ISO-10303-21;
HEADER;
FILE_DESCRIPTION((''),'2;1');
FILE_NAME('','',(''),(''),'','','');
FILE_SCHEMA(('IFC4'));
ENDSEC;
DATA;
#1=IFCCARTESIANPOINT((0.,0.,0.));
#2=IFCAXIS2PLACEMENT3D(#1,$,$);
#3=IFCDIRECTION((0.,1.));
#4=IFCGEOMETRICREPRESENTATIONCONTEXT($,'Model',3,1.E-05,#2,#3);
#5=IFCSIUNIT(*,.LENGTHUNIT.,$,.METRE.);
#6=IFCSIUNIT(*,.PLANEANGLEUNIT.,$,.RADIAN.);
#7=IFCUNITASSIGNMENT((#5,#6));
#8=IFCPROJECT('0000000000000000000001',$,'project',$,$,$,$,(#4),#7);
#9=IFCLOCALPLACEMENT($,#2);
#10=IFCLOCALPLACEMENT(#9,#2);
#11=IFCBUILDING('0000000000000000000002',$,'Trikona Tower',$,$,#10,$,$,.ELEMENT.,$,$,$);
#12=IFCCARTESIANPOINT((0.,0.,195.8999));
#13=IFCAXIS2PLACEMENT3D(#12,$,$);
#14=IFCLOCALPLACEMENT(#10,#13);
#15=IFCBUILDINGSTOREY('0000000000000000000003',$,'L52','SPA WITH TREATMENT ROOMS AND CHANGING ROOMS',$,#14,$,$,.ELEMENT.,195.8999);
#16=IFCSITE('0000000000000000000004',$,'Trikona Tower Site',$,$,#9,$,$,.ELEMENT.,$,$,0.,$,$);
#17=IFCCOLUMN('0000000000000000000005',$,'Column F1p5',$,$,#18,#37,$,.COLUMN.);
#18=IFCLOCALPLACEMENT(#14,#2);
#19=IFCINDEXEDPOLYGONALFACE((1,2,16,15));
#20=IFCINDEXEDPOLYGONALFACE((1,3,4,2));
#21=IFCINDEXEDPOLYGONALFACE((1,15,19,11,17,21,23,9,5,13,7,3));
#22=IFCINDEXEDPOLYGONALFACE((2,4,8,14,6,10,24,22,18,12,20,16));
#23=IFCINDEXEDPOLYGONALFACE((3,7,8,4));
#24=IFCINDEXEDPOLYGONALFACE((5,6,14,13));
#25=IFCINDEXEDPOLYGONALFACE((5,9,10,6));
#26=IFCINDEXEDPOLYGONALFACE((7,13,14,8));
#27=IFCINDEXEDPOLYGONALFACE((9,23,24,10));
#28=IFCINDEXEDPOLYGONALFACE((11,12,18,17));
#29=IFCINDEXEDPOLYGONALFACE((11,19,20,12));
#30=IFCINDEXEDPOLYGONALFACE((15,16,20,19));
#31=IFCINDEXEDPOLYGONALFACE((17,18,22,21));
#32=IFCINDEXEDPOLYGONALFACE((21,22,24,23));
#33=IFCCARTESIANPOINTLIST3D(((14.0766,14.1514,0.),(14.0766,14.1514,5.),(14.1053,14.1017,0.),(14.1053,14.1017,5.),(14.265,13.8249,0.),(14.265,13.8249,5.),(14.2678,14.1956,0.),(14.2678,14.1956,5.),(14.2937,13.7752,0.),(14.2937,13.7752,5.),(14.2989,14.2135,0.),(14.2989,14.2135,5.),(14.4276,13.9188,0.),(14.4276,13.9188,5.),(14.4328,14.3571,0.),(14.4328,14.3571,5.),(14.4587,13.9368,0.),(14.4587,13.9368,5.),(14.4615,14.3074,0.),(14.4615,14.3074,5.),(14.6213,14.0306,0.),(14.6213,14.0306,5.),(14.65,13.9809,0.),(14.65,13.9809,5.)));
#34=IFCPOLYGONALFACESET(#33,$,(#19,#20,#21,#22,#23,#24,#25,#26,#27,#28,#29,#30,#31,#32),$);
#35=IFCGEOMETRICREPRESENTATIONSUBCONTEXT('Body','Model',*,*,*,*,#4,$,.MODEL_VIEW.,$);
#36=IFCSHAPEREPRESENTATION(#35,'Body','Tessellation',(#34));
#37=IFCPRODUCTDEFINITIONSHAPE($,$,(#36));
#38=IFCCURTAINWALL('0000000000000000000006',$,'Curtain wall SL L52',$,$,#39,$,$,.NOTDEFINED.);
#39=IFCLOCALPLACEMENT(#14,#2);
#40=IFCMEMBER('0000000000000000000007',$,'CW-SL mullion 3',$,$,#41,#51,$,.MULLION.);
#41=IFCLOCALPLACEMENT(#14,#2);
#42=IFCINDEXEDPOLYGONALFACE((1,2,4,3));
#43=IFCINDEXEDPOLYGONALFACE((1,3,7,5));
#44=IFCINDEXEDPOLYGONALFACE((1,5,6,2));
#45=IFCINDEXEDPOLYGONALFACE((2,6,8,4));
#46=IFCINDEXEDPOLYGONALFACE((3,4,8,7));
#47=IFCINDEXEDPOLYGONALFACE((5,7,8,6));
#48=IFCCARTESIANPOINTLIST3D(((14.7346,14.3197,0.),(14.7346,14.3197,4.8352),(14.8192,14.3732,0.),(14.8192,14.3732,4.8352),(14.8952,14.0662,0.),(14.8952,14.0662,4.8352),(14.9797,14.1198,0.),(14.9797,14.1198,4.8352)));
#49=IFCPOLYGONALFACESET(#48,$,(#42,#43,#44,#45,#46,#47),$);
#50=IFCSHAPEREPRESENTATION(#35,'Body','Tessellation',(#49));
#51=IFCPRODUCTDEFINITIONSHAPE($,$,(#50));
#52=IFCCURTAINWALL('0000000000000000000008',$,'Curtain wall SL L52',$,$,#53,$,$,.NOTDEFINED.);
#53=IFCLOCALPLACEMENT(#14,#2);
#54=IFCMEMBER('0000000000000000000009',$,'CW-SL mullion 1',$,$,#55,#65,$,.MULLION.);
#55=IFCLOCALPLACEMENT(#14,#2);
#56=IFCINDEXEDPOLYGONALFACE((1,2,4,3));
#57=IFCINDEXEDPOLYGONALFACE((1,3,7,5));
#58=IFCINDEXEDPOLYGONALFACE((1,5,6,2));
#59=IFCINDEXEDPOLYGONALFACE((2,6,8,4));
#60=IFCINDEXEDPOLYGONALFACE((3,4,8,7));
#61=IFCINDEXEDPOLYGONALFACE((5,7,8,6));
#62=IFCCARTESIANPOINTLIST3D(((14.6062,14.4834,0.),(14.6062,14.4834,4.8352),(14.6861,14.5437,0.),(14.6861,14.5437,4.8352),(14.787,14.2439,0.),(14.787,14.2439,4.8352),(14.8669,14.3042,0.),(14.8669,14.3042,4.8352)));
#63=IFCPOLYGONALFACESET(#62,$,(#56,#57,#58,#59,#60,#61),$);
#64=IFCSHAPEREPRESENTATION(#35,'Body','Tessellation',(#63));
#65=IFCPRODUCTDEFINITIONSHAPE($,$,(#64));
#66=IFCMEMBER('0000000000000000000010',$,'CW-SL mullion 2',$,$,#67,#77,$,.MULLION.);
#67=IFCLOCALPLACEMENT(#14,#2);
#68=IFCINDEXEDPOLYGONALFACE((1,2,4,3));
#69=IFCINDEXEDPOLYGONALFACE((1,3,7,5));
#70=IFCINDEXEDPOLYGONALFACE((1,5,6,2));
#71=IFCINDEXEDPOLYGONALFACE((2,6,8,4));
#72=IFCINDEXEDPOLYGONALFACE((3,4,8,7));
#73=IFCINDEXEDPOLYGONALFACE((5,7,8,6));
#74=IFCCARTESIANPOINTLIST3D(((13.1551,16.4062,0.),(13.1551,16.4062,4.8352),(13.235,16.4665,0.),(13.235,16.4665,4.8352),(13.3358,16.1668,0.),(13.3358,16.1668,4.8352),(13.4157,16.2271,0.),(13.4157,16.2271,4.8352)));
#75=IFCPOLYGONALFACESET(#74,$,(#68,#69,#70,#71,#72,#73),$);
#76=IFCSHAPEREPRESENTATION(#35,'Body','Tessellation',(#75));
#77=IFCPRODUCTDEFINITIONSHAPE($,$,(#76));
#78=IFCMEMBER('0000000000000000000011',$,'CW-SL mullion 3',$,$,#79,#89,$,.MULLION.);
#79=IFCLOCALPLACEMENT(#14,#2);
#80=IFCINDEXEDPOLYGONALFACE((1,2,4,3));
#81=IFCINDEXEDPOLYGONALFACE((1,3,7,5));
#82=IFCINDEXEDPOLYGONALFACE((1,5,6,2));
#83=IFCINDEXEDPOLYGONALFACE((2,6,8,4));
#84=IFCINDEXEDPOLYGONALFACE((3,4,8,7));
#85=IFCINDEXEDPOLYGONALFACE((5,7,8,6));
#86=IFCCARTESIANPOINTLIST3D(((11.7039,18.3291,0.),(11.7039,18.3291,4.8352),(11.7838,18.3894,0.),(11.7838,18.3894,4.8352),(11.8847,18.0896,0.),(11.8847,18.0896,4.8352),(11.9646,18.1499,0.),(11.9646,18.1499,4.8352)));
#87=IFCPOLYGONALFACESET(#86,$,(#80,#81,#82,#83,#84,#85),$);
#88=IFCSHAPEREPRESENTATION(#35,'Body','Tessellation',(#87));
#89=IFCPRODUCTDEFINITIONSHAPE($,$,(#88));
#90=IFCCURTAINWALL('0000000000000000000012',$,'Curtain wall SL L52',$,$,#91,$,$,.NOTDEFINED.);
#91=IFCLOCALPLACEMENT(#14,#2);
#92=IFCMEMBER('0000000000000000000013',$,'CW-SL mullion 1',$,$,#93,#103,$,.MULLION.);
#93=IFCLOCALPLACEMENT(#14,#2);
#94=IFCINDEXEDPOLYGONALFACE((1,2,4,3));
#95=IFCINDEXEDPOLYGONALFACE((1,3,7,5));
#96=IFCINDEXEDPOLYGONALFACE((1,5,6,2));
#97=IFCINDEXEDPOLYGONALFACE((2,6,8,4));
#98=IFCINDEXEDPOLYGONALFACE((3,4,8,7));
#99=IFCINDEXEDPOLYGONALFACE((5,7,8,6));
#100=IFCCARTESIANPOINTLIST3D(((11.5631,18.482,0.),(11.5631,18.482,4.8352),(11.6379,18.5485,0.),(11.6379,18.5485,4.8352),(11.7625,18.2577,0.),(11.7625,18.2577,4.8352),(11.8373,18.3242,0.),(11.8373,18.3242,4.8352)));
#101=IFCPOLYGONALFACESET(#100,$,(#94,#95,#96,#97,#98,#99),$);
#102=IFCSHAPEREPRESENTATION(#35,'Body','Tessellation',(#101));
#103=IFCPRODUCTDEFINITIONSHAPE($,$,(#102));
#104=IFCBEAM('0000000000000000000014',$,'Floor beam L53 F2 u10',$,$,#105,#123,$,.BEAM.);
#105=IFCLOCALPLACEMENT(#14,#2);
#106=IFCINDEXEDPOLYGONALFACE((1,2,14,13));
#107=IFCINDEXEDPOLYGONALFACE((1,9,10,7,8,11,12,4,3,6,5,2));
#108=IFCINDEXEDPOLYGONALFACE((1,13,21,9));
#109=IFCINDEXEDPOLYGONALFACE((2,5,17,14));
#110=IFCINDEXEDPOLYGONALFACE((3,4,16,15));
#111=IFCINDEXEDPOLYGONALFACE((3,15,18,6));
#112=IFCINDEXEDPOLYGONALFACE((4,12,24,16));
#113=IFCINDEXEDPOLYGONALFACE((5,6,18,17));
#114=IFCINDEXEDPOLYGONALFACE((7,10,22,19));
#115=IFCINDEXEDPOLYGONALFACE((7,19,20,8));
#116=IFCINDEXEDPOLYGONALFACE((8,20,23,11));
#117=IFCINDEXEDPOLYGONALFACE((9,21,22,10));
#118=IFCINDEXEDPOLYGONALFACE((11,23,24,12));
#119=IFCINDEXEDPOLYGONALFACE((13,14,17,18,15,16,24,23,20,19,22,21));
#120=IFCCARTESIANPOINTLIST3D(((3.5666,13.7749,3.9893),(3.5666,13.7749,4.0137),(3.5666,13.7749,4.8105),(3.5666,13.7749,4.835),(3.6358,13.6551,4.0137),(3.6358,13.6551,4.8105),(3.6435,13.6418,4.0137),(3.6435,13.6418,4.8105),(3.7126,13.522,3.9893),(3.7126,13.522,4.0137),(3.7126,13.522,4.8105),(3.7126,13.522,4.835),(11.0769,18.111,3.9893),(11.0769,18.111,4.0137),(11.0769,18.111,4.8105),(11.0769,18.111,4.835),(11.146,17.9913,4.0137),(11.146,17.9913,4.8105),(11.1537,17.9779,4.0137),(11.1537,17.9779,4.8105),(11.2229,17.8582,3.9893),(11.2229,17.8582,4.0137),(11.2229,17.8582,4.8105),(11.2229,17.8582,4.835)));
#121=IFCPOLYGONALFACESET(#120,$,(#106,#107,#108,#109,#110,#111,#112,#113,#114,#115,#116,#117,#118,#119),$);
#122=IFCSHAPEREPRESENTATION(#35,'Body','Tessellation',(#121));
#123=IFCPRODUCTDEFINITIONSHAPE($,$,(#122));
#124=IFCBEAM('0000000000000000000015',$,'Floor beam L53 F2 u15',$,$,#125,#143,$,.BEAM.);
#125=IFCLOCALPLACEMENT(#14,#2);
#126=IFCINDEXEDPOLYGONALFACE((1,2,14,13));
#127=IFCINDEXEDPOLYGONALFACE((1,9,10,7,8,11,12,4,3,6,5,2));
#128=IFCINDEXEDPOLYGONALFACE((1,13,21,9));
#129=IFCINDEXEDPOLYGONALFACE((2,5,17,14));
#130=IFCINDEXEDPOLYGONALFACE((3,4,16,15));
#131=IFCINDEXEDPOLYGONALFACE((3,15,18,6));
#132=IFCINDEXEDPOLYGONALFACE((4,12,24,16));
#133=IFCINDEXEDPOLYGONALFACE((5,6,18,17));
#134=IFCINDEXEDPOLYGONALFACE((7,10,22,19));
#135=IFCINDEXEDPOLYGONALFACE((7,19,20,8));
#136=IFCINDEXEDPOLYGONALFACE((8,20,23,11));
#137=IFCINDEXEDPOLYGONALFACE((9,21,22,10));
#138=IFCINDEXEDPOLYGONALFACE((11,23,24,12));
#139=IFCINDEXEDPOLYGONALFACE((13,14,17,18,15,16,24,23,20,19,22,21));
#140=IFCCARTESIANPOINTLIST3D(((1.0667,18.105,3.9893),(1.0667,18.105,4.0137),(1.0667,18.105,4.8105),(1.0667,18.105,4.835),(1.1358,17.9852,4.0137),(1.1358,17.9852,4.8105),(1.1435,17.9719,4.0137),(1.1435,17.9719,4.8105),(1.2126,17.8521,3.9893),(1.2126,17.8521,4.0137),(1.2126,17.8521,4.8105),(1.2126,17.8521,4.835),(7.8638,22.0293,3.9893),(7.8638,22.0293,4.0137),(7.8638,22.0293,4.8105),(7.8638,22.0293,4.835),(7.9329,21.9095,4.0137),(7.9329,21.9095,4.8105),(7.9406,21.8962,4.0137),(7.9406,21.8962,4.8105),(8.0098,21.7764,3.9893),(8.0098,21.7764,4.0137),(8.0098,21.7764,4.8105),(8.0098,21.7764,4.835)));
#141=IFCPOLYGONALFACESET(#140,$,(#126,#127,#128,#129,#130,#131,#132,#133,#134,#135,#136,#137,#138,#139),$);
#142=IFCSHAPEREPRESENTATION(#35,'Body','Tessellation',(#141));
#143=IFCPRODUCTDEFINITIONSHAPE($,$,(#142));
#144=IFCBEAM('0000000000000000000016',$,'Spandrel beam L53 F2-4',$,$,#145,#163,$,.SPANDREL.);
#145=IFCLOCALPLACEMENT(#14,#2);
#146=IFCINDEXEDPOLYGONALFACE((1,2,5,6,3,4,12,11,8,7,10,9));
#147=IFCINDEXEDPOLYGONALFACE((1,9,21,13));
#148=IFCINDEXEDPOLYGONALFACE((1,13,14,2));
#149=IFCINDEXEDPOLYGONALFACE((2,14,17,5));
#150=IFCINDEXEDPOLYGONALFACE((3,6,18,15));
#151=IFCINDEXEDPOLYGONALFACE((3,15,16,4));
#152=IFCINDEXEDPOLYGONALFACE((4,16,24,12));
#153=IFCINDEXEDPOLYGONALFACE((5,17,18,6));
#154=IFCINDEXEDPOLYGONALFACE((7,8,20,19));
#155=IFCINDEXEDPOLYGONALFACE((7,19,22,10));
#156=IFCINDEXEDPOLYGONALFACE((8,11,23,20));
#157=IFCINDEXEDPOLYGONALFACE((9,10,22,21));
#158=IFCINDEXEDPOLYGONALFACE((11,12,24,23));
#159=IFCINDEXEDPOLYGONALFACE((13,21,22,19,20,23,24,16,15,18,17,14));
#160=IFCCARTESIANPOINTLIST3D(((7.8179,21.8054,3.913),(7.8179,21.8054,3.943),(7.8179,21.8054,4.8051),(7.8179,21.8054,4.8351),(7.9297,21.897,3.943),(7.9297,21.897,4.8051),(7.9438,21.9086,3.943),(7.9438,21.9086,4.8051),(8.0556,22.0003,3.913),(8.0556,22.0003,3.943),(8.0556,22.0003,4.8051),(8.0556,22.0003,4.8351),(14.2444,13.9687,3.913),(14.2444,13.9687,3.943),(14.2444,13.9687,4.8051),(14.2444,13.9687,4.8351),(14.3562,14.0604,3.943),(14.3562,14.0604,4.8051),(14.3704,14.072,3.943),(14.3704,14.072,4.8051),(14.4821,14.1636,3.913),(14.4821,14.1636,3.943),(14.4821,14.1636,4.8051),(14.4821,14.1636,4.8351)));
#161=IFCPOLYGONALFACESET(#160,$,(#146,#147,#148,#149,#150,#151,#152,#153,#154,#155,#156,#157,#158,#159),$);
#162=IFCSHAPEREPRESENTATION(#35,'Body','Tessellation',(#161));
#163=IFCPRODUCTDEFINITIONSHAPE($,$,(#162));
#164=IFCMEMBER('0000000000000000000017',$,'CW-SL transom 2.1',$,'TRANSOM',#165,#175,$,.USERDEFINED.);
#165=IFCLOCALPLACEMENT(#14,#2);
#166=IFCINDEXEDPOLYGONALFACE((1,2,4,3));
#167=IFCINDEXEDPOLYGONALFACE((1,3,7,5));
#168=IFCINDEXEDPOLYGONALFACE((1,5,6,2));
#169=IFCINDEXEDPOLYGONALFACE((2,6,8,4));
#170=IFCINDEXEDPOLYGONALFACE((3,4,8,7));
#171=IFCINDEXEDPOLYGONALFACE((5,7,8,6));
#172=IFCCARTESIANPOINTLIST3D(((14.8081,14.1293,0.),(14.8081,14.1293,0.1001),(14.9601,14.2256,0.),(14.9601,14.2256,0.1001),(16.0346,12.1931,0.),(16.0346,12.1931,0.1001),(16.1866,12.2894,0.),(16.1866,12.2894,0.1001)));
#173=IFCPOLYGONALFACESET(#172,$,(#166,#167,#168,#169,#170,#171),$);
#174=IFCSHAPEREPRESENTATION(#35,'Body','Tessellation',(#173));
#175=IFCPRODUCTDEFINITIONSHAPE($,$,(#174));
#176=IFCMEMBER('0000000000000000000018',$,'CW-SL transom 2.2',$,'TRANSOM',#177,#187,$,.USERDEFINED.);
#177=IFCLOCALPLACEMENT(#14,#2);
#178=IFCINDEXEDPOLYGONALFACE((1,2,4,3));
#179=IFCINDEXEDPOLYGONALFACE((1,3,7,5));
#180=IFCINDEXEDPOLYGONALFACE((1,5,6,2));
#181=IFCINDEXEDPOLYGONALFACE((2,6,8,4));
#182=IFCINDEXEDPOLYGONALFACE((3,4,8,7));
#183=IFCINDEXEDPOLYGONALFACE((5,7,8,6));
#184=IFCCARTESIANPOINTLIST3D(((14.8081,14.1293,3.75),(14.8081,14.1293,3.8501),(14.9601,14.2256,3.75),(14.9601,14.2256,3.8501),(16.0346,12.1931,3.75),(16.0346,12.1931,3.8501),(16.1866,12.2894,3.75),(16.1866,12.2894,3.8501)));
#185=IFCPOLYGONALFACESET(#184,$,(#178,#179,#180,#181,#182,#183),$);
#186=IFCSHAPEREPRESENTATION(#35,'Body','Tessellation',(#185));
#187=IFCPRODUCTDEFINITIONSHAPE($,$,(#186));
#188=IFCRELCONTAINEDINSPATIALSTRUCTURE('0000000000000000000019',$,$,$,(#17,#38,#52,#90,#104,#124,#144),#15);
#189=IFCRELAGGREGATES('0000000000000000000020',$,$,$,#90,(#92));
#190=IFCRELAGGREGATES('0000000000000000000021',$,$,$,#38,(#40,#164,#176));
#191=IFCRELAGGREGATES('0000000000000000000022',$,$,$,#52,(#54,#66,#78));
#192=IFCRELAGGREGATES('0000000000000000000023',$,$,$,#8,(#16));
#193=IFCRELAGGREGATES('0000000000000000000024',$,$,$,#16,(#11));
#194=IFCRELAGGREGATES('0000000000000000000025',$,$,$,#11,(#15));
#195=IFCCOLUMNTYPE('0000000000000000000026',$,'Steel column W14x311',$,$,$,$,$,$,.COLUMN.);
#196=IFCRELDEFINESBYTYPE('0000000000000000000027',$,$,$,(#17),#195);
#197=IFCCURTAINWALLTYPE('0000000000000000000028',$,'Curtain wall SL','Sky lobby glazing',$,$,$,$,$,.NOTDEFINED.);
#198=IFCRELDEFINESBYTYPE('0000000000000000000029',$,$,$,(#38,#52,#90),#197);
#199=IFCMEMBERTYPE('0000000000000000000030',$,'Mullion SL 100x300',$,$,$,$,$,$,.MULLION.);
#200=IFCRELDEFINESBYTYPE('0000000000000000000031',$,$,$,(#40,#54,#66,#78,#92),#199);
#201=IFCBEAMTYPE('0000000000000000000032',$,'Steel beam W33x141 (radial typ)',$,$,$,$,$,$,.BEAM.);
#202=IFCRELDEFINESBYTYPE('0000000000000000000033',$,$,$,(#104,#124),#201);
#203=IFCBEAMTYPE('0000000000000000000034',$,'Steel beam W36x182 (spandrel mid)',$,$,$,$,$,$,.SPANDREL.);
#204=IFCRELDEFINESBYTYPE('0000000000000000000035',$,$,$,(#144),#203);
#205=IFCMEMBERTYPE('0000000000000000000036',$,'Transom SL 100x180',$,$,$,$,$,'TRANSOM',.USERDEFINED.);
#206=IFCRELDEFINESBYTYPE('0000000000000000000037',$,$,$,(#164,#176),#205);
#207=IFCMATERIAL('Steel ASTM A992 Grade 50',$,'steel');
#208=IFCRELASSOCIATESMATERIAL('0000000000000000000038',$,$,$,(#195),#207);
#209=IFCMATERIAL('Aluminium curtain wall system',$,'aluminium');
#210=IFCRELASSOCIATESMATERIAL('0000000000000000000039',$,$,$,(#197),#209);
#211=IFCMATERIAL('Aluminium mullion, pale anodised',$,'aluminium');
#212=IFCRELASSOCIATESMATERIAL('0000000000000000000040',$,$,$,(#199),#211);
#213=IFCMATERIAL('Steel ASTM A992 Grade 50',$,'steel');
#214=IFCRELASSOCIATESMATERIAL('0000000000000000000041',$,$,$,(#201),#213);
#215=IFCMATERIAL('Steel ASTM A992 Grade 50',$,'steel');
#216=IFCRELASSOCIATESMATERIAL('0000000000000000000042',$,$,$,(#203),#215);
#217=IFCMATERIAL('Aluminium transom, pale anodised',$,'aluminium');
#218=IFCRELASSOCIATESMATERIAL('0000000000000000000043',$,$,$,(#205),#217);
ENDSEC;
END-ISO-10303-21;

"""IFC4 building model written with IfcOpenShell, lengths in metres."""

from ifc_helpers import new_model, si_unit, direction, frame, origin, origin_2d, place, context, subcontext, project, spatial, rectangle, i_section, extrude, material, material_profile, profile_set, type_object, element, aggregate, save


model = new_model("IFC4")

# Units and contexts
model_context = context("Model", 3, precision=1e-05, world=origin(), true_north=direction((0.0, 1.0)))
body_context = subcontext(model_context, "Body", "Model", "MODEL_VIEW")
ifc_project = project(units=[si_unit("LENGTHUNIT", "METRE"), si_unit("PLANEANGLEUNIT", "RADIAN")], contexts=[model_context])

# Site, building, storey
site_placement = place(None, origin())
site = spatial("IfcSite", under=ifc_project, at=site_placement, Name="Trikona Tower Site", CompositionType="ELEMENT", RefElevation=0.0)
building_placement = place(site_placement, origin())
building = spatial("IfcBuilding", under=site, at=building_placement, Name="Trikona Tower", CompositionType="ELEMENT")
storey_placement = place(building_placement, frame((0.0, 0.0, 195.8999)))
storey = spatial("IfcBuildingStorey", under=building, at=storey_placement, Name="L52", Description="SPA WITH TREATMENT ROOMS AND CHANGING ROOMS", CompositionType="ELEMENT", Elevation=195.8999)

# Column
ifc_material_1 = material(Name="Steel ASTM A992 Grade 50", Category="steel")
ifc_material_profile_1 = material_profile(ifc_material_1, i_section(OverallWidth=0.4114, OverallDepth=0.4343, WebThickness=0.0359, FlangeThickness=0.0574, at=origin_2d()), Name="W14X311")
ifc_profile_set_1 = profile_set([ifc_material_profile_1], Name="Steel ASTM A992 Grade 50")
column_type = type_object("IfcColumnType", Name="Steel column W14x311", PredefinedType="COLUMN", material=ifc_profile_set_1)
column_placement = place(storey_placement, frame((14.3633, 14.0662, 0.0), z_axis=(0.0, 0.0, 1.0), x_axis=(0.866025, 0.5, 0.0)))
element("IfcColumn", 1, at=column_placement, inside=storey, type_object=column_type, Name="Column F1p5", PredefinedType="COLUMN", context=body_context, shape_type="SweptSolid", body=[
    extrude(i_section(OverallWidth=0.4114, OverallDepth=0.4343, WebThickness=0.0359, FlangeThickness=0.0574, at=origin_2d()), origin(), (0.0, 0.0, 1.0), 5.0),
])

# Curtain wall, member
ifc_material_2 = material(Name="Aluminium curtain wall system", Category="aluminium")
curtain_wall_type = type_object("IfcCurtainWallType", Name="Curtain wall SL", Description="Sky lobby glazing", PredefinedType="NOTDEFINED", material=ifc_material_2)
curtain_wall_1_placement = place(storey_placement, origin())
curtain_wall_1 = element("IfcCurtainWall", 2, at=curtain_wall_1_placement, inside=storey, type_object=curtain_wall_type, Name="Curtain wall SL L52", PredefinedType="NOTDEFINED")
ifc_material_3 = material(Name="Aluminium mullion, pale anodised", Category="aluminium")
ifc_material_profile_2 = material_profile(ifc_material_3, rectangle(XDim=0.1001, YDim=0.3, at=origin_2d()), Name="MUL-SL")
ifc_profile_set_2 = profile_set([ifc_material_profile_2], Name="Aluminium mullion, pale anodised")
member_type_1 = type_object("IfcMemberType", Name="Mullion SL 100x300", PredefinedType="MULLION", material=ifc_profile_set_2)
member_1_placement = place(storey_placement, frame((14.8572, 14.2197, 0.0), z_axis=(0.0, 0.0, 1.0), x_axis=(-0.844718, -0.535212, 0.0)))
member_1 = element("IfcMember", 3, at=member_1_placement, type_object=member_type_1, Name="CW-SL mullion 3", PredefinedType="MULLION", context=body_context, shape_type="SweptSolid", body=[
    extrude(rectangle(XDim=0.1001, YDim=0.3, at=origin_2d()), origin(), (0.0, 0.0, 1.0), 4.8352),
])

# Curtain wall, members
curtain_wall_2_placement = place(storey_placement, origin())
curtain_wall_2 = element("IfcCurtainWall", 4, at=curtain_wall_2_placement, inside=storey, type_object=curtain_wall_type, Name="Curtain wall SL L52", PredefinedType="NOTDEFINED")
member_2_placement = place(storey_placement, frame((14.7366, 14.3938, 0.0), z_axis=(0.0, 0.0, 1.0), x_axis=(-0.798193, -0.602402, 0.0)))
member_2 = element("IfcMember", 5, at=member_2_placement, type_object=member_type_1, Name="CW-SL mullion 1", PredefinedType="MULLION", context=body_context, shape_type="SweptSolid", body=[
    extrude(rectangle(XDim=0.1001, YDim=0.3, at=origin_2d()), origin(), (0.0, 0.0, 1.0), 4.8352),
])
member_3_placement = place(storey_placement, frame((13.2854, 16.3167, 0.0), z_axis=(0.0, 0.0, 1.0), x_axis=(-0.798193, -0.602402, 0.0)))
member_3 = element("IfcMember", 6, at=member_3_placement, type_object=member_type_1, Name="CW-SL mullion 2", PredefinedType="MULLION", context=body_context, shape_type="SweptSolid", body=[
    extrude(rectangle(XDim=0.1001, YDim=0.3, at=origin_2d()), origin(), (0.0, 0.0, 1.0), 4.8352),
])
member_4_placement = place(storey_placement, frame((11.8342, 18.2395, 0.0), z_axis=(0.0, 0.0, 1.0), x_axis=(-0.798193, -0.602402, 0.0)))
member_4 = element("IfcMember", 7, at=member_4_placement, type_object=member_type_1, Name="CW-SL mullion 3", PredefinedType="MULLION", context=body_context, shape_type="SweptSolid", body=[
    extrude(rectangle(XDim=0.1001, YDim=0.3, at=origin_2d()), origin(), (0.0, 0.0, 1.0), 4.8352),
])

# Curtain wall, member
curtain_wall_3_placement = place(storey_placement, origin())
curtain_wall_3 = element("IfcCurtainWall", 8, at=curtain_wall_3_placement, inside=storey, type_object=curtain_wall_type, Name="Curtain wall SL L52", PredefinedType="NOTDEFINED")
member_5_placement = place(storey_placement, frame((11.7002, 18.4031, 0.0), z_axis=(0.0, 0.0, 1.0), x_axis=(-0.747403, -0.664371, 0.0)))
member_5 = element("IfcMember", 9, at=member_5_placement, type_object=member_type_1, Name="CW-SL mullion 1", PredefinedType="MULLION", context=body_context, shape_type="SweptSolid", body=[
    extrude(rectangle(XDim=0.1001, YDim=0.3, at=origin_2d()), origin(), (0.0, 0.0, 1.0), 4.8352),
])

# Beams
ifc_material_4 = material(Name="Steel ASTM A992 Grade 50", Category="steel")
ifc_material_profile_3 = material_profile(ifc_material_4, i_section(OverallWidth=0.292, OverallDepth=0.8457, WebThickness=0.0154, FlangeThickness=0.0244, at=origin_2d()), Name="W33X141")
ifc_profile_set_3 = profile_set([ifc_material_profile_3], Name="Steel ASTM A992 Grade 50")
beam_type_1 = type_object("IfcBeamType", Name="Steel beam W33x141 (radial typ)", PredefinedType="BEAM", material=ifc_profile_set_3)
beam_1_placement = place(storey_placement, frame((3.6396, 13.6484, 4.4121), z_axis=(0.866019, 0.500012, 0.0), x_axis=(-0.500012, 0.866019, 0.0)))
element("IfcBeam", 10, at=beam_1_placement, inside=storey, type_object=beam_type_1, Name="Floor beam L53 F2 u10", PredefinedType="BEAM", context=body_context, shape_type="SweptSolid", body=[
    extrude(i_section(OverallWidth=0.292, OverallDepth=0.8457, WebThickness=0.0154, FlangeThickness=0.0244, at=origin_2d()), origin(), (0.0, 0.0, 1.0), 8.6721),
])
beam_2_placement = place(storey_placement, frame((1.1396, 17.9785, 4.4121), z_axis=(0.866026, 0.5, 0.0), x_axis=(-0.5, 0.866026, 0.0)))
element("IfcBeam", 11, at=beam_2_placement, inside=storey, type_object=beam_type_1, Name="Floor beam L53 F2 u15", PredefinedType="BEAM", context=body_context, shape_type="SweptSolid", body=[
    extrude(i_section(OverallWidth=0.292, OverallDepth=0.8457, WebThickness=0.0154, FlangeThickness=0.0244, at=origin_2d()), origin(), (0.0, 0.0, 1.0), 7.8486),
])
ifc_material_5 = material(Name="Steel ASTM A992 Grade 50", Category="steel")
ifc_material_profile_4 = material_profile(ifc_material_5, i_section(OverallWidth=0.3074, OverallDepth=0.9221, WebThickness=0.0183, FlangeThickness=0.03, at=origin_2d()), Name="W36X182")
ifc_profile_set_4 = profile_set([ifc_material_profile_4], Name="Steel ASTM A992 Grade 50")
beam_type_2 = type_object("IfcBeamType", Name="Steel beam W36x182 (spandrel mid)", PredefinedType="SPANDREL", material=ifc_profile_set_4)
beam_3_placement = place(storey_placement, frame((14.3633, 14.0662, 4.374), z_axis=(-0.634106, 0.773246, 0.0), x_axis=(-0.773246, -0.634106, 0.0)))
element("IfcBeam", 12, at=beam_3_placement, inside=storey, type_object=beam_type_2, Name="Spandrel beam L53 F2-4", PredefinedType="SPANDREL", context=body_context, shape_type="SweptSolid", body=[
    extrude(i_section(OverallWidth=0.3074, OverallDepth=0.9221, WebThickness=0.0183, FlangeThickness=0.03, at=origin_2d()), origin(), (0.0, 0.0, 1.0), 10.1348),
])

# Members
ifc_material_6 = material(Name="Aluminium transom, pale anodised", Category="aluminium")
ifc_material_profile_5 = material_profile(ifc_material_6, rectangle(XDim=0.1799, YDim=0.1001, at=origin_2d()), Name="TRN-SL")
ifc_profile_set_5 = profile_set([ifc_material_profile_5], Name="Aluminium transom, pale anodised")
member_type_2 = type_object("IfcMemberType", Name="Transom SL 100x180", ElementType="TRANSOM", PredefinedType="USERDEFINED", material=ifc_profile_set_5)
member_6_placement = place(storey_placement, frame((16.1106, 12.2412, 0.05), z_axis=(-0.535131, 0.844769, 0.0), x_axis=(-0.844769, -0.535131, 0.0)))
member_6 = element("IfcMember", 13, at=member_6_placement, type_object=member_type_2, Name="CW-SL transom 2.1", ObjectType="TRANSOM", PredefinedType="USERDEFINED", context=body_context, shape_type="SweptSolid", body=[
    extrude(rectangle(XDim=0.1799, YDim=0.1001, at=origin_2d()), origin(), (0.0, 0.0, 1.0), 2.292),
])
member_7_placement = place(storey_placement, frame((16.1106, 12.2412, 3.8), z_axis=(-0.535131, 0.844769, 0.0), x_axis=(-0.844769, -0.535131, 0.0)))
member_7 = element("IfcMember", 14, at=member_7_placement, type_object=member_type_2, Name="CW-SL transom 2.2", ObjectType="TRANSOM", PredefinedType="USERDEFINED", context=body_context, shape_type="SweptSolid", body=[
    extrude(rectangle(XDim=0.1799, YDim=0.1001, at=origin_2d()), origin(), (0.0, 0.0, 1.0), 2.292),
])
aggregate(curtain_wall_3, [member_5])

aggregate(curtain_wall_1, [member_1, member_6, member_7])
aggregate(curtain_wall_2, [member_2, member_3, member_4])

save(model, "model.ifc")
